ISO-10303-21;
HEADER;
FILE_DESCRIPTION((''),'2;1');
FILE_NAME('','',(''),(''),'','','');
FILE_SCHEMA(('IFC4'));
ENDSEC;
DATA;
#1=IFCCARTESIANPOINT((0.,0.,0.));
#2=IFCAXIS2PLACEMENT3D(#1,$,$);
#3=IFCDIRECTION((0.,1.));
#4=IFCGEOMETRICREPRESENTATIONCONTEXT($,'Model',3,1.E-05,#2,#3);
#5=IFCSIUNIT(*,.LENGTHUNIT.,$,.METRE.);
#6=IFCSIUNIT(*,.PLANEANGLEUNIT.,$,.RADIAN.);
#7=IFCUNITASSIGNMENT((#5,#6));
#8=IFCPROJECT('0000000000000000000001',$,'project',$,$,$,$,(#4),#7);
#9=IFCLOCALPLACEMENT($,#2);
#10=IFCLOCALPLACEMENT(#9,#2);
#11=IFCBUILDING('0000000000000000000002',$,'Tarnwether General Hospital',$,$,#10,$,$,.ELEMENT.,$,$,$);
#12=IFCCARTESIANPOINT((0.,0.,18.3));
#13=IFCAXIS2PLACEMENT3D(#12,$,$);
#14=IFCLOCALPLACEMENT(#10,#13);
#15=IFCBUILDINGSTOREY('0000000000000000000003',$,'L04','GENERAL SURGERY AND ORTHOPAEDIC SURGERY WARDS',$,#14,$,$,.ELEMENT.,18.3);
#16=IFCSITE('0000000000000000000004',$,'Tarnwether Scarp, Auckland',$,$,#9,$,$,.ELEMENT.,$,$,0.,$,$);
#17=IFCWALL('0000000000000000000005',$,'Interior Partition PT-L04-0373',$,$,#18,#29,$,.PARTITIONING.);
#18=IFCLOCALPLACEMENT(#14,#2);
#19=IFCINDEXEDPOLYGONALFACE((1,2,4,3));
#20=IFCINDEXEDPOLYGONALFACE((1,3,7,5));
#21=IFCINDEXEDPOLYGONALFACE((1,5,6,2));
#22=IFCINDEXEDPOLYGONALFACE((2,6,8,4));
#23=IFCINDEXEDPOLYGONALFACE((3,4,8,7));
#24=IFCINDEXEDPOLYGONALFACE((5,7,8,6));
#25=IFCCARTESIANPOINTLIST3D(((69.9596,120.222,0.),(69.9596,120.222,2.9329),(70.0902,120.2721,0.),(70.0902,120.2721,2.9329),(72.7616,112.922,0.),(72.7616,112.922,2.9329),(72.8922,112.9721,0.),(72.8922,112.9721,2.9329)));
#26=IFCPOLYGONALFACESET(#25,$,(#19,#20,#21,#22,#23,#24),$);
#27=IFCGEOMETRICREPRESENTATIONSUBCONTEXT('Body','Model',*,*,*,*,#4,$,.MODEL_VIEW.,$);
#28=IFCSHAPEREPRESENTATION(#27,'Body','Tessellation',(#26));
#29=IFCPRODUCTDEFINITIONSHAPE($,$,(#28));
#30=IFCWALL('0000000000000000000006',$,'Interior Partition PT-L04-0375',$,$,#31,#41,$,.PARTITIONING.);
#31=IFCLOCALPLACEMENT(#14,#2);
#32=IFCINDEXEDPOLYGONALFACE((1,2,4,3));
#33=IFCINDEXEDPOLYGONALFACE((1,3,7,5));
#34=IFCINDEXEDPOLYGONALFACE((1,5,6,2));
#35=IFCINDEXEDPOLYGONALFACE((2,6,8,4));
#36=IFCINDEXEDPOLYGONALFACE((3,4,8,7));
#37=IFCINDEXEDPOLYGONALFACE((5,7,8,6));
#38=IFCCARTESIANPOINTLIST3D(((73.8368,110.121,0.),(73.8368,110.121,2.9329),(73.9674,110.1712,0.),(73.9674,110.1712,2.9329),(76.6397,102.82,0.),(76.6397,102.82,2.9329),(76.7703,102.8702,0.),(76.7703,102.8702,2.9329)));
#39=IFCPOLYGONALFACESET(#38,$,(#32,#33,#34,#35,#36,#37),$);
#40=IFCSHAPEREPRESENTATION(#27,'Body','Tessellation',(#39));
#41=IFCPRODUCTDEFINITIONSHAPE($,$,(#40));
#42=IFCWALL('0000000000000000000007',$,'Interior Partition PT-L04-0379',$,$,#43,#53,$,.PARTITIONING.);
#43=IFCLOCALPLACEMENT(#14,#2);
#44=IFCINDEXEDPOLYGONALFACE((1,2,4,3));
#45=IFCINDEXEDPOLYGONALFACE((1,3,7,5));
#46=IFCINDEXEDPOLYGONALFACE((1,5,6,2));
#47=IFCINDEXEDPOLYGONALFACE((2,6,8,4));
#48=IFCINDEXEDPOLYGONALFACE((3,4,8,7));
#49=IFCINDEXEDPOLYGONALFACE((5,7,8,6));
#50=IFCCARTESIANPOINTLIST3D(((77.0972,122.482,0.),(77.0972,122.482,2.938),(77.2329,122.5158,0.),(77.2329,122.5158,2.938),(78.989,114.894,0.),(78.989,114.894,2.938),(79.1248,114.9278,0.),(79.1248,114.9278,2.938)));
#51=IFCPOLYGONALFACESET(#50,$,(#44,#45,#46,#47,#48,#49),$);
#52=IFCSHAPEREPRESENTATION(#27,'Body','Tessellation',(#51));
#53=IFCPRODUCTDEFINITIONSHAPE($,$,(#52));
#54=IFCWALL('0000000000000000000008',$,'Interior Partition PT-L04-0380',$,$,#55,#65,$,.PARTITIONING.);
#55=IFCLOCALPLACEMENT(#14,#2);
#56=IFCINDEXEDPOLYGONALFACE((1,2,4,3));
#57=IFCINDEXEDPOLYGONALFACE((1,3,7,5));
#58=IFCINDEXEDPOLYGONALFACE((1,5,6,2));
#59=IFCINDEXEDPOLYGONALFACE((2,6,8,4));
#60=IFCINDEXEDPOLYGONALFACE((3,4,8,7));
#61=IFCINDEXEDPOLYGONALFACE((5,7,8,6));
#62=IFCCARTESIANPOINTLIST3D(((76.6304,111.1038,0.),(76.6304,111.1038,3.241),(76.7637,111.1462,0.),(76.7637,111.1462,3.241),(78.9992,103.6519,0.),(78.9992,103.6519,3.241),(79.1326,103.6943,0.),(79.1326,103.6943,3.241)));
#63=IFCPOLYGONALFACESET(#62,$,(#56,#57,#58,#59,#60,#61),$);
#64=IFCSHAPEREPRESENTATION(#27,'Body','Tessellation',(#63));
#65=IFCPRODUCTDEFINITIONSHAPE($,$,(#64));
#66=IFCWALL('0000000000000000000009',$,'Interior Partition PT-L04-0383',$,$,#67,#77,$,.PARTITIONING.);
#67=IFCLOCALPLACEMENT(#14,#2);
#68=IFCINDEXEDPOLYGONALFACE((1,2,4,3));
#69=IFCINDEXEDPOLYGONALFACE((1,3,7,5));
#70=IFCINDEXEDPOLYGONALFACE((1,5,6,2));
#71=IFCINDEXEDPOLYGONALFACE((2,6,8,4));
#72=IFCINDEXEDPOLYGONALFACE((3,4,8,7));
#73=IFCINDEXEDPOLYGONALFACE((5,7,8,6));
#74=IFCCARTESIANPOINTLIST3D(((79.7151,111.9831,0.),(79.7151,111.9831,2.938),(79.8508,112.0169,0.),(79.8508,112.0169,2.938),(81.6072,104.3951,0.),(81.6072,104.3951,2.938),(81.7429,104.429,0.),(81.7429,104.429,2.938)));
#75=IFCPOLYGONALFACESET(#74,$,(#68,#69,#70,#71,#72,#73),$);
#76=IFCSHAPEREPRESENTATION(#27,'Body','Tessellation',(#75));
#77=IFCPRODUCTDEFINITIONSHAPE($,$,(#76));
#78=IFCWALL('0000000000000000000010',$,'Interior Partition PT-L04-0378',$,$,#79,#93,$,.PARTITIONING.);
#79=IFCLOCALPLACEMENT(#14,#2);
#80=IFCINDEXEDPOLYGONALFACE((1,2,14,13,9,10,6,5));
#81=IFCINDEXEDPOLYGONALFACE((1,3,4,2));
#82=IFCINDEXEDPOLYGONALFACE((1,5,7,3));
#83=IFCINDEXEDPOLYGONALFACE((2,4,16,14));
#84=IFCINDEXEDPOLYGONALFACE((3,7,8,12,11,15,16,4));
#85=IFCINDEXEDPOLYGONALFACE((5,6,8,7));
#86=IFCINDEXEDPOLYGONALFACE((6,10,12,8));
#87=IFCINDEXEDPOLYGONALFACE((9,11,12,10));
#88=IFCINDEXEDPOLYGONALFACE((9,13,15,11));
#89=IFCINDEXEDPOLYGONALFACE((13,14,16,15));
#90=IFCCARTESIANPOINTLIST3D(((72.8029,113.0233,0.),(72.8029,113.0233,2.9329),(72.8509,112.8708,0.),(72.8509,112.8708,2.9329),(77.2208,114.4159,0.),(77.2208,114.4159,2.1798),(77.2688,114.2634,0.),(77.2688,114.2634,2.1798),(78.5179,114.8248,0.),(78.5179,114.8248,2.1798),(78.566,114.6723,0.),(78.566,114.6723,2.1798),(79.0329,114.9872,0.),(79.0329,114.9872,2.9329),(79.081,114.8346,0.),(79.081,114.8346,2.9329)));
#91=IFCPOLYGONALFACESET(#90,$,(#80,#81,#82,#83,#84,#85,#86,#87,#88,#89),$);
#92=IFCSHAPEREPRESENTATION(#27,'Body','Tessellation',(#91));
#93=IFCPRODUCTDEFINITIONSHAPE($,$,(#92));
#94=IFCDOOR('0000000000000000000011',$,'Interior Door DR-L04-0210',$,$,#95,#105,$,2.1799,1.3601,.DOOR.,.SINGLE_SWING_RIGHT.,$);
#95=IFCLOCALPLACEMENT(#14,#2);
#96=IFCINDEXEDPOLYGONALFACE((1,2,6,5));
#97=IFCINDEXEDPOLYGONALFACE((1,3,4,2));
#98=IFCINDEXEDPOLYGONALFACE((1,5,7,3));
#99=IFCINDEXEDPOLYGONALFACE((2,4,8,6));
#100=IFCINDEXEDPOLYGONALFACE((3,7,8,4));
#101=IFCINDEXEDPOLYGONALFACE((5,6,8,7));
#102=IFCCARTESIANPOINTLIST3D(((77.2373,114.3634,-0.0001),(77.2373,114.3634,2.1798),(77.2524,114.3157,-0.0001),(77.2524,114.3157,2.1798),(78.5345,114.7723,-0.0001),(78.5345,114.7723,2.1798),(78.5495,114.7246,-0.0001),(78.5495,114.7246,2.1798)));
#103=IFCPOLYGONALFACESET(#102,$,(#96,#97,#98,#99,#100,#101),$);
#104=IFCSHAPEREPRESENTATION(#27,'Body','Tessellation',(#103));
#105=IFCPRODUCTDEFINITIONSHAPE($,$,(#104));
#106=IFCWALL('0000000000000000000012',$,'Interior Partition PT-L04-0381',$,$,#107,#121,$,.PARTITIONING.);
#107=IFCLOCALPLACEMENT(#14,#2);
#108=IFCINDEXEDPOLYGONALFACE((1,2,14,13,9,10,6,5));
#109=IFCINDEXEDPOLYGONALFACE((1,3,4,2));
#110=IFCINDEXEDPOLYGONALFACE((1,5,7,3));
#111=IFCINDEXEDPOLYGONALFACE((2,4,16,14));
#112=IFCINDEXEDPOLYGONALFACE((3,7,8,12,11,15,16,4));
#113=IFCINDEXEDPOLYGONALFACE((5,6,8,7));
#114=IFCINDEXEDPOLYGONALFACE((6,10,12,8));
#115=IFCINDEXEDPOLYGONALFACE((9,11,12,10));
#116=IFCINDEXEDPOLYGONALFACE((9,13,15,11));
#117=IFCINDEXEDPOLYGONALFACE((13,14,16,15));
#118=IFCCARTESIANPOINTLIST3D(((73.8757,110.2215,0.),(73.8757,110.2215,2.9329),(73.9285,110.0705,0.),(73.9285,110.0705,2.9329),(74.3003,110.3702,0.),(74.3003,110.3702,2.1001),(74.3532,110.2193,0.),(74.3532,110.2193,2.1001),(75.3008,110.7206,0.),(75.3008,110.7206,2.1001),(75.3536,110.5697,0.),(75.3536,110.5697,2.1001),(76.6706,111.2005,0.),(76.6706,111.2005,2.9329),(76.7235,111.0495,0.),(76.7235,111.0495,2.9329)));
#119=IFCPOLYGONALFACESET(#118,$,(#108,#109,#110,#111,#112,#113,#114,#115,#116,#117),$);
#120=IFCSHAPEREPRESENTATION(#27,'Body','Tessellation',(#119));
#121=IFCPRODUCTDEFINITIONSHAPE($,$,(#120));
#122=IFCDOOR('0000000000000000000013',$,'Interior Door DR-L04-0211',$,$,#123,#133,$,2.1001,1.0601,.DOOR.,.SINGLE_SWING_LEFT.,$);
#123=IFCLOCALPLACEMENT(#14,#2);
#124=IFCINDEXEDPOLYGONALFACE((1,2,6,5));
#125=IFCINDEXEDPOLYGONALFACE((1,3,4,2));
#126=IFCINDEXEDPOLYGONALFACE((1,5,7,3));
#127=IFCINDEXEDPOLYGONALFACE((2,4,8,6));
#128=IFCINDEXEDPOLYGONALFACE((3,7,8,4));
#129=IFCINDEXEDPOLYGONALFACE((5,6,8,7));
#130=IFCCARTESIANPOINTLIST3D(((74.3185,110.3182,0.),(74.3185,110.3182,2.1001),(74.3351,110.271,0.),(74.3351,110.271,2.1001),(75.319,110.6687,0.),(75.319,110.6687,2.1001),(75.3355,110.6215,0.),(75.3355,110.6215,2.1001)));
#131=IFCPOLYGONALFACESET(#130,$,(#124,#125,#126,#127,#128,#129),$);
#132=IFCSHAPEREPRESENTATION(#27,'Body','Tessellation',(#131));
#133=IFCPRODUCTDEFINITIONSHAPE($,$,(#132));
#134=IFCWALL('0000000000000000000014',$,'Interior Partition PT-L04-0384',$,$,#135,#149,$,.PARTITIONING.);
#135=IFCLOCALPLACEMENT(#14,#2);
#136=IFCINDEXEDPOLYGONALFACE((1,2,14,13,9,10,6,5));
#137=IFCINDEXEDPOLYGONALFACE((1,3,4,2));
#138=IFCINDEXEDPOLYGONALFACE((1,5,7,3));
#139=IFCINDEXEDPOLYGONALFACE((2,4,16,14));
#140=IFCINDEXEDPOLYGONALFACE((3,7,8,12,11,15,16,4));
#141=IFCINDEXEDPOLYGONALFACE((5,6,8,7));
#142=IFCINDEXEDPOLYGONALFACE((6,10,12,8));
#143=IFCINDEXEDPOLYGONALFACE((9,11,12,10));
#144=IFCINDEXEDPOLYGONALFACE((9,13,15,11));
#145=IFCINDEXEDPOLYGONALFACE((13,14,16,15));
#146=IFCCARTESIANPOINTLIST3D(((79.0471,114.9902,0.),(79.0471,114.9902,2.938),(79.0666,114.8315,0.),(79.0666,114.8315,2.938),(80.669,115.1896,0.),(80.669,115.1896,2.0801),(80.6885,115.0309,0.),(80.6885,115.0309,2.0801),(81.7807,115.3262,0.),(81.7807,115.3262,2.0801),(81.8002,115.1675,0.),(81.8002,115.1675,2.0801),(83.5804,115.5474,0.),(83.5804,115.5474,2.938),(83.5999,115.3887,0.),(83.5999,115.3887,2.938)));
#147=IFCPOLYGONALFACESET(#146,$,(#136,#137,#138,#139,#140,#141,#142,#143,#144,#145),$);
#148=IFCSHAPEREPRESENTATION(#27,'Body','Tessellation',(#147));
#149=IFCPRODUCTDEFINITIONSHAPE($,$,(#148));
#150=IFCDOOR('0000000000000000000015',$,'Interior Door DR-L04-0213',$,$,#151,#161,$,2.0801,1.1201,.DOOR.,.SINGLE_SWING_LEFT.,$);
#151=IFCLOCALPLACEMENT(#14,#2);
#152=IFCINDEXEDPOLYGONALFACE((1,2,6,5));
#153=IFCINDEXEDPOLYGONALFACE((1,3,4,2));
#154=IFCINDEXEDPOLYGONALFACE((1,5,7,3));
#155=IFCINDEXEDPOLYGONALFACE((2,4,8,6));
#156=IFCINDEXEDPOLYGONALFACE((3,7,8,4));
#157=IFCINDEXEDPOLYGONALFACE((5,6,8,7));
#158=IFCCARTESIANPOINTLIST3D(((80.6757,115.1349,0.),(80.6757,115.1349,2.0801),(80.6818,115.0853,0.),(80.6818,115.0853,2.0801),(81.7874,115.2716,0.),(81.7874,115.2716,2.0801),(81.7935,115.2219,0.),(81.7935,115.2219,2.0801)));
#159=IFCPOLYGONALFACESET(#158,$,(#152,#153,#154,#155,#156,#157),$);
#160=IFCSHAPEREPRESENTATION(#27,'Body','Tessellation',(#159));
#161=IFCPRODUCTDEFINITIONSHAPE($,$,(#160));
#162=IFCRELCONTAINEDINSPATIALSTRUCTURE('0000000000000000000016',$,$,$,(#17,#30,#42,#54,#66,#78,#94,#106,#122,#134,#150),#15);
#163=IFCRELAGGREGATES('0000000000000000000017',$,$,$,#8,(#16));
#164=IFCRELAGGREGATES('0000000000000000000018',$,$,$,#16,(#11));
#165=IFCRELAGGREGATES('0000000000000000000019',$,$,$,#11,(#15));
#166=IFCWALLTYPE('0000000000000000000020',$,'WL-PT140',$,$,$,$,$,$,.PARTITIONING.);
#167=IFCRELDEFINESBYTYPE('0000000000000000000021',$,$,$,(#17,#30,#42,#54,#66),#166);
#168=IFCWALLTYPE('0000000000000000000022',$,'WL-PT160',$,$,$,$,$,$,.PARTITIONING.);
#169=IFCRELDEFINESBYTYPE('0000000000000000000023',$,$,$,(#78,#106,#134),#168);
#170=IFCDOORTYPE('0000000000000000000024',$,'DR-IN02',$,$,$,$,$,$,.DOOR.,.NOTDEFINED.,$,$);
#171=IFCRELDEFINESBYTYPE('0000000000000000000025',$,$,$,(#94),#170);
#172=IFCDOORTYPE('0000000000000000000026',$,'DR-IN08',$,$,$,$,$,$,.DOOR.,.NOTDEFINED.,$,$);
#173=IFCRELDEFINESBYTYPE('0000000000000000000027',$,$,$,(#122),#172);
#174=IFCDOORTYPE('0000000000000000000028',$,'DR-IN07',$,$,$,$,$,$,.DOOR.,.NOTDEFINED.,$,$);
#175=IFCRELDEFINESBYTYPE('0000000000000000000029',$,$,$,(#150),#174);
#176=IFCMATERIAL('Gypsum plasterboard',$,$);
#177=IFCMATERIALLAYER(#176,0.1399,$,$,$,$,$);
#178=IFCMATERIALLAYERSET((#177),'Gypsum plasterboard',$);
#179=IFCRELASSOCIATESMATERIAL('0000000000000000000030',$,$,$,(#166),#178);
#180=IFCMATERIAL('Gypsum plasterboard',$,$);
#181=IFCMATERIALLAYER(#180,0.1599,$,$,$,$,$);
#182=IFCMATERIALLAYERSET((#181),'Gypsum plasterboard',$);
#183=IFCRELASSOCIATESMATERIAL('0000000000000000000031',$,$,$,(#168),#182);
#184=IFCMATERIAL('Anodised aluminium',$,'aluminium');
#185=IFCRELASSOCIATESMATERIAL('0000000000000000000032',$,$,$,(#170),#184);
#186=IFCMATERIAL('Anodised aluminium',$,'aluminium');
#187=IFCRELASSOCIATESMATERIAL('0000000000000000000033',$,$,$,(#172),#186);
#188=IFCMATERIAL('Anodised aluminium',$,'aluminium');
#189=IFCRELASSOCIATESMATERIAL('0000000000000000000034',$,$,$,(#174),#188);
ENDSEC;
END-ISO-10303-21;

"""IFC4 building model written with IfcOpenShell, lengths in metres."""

from ifc_helpers import new_model, si_unit, direction, frame, frame_2d, origin, place, context, subcontext, project, spatial, rectangle, extrude, material, layer, layer_set, type_object, element, fill, save


model = new_model("IFC4")

# Units and contexts
model_context = context("Model", 3, precision=1e-05, world=origin(), true_north=direction((0.0, 1.0)))
body_context = subcontext(model_context, "Body", "Model", "MODEL_VIEW")
ifc_project = project(units=[si_unit("LENGTHUNIT", "METRE"), si_unit("PLANEANGLEUNIT", "RADIAN")], contexts=[model_context])

# Site, building, storey
site_placement = place(None, origin())
site = spatial("IfcSite", under=ifc_project, at=site_placement, Name="Tarnwether Scarp, Auckland", CompositionType="ELEMENT", RefElevation=0.0)
building_placement = place(site_placement, origin())
building = spatial("IfcBuilding", under=site, at=building_placement, Name="Tarnwether General Hospital", CompositionType="ELEMENT")
storey_placement = place(building_placement, frame((0.0, 0.0, 18.3)))
storey = spatial("IfcBuildingStorey", under=building, at=storey_placement, Name="L04", Description="GENERAL SURGERY AND ORTHOPAEDIC SURGERY WARDS", CompositionType="ELEMENT", Elevation=18.3)

# Walls
ifc_material_1 = material(Name="Gypsum plasterboard")
ifc_layer_1 = layer(ifc_material_1, 0.1399)
ifc_layer_set_1 = layer_set([ifc_layer_1], Name="Gypsum plasterboard")
wall_type_1 = type_object("IfcWallType", Name="WL-PT140", PredefinedType="PARTITIONING", material=ifc_layer_set_1)
wall_1_placement = place(storey_placement, frame((72.8269, 112.947, 0.0), z_axis=(0.0, 0.0, 1.0), x_axis=(-0.358343, 0.93359, 0.0)))
element("IfcWall", 1, at=wall_1_placement, inside=storey, type_object=wall_type_1, Name="Interior Partition PT-L04-0373", PredefinedType="PARTITIONING", context=body_context, shape_type="SweptSolid", body=[
    extrude(rectangle(XDim=7.8193, YDim=0.1399, at=frame_2d((3.9097, 0.0))), origin(), (0.0, 0.0, 1.0), 2.9329),
])
wall_2_placement = place(storey_placement, frame((73.9021, 110.146, 0.0), z_axis=(0.0, 0.0, 1.0), x_axis=(0.35841, -0.933564, 0.0)))
element("IfcWall", 2, at=wall_2_placement, inside=storey, type_object=wall_type_1, Name="Interior Partition PT-L04-0375", PredefinedType="PARTITIONING", context=body_context, shape_type="SweptSolid", body=[
    extrude(rectangle(XDim=7.8206, YDim=0.1399, at=frame_2d((3.9102, 0.0))), origin(), (0.0, 0.0, 1.0), 2.9329),
])
wall_3_placement = place(storey_placement, frame((79.0569, 114.9109, 0.0), z_axis=(0.0, 0.0, 1.0), x_axis=(-0.241911, 0.970298, 0.0)))
element("IfcWall", 3, at=wall_3_placement, inside=storey, type_object=wall_type_1, Name="Interior Partition PT-L04-0379", PredefinedType="PARTITIONING", context=body_context, shape_type="SweptSolid", body=[
    extrude(rectangle(XDim=7.8203, YDim=0.1399, at=frame_2d((3.9102, 0.0))), origin(), (0.0, 0.0, 1.0), 2.938),
])
wall_4_placement = place(storey_placement, frame((76.697, 111.125, 0.0), z_axis=(0.0, 0.0, 1.0), x_axis=(0.302952, -0.953006, 0.0)))
element("IfcWall", 4, at=wall_4_placement, inside=storey, type_object=wall_type_1, Name="Interior Partition PT-L04-0380", PredefinedType="PARTITIONING", context=body_context, shape_type="SweptSolid", body=[
    extrude(rectangle(XDim=7.8193, YDim=0.1399, at=frame_2d((3.9097, 0.0))), origin(), (0.0, 0.0, 1.0), 3.241),
])
wall_5_placement = place(storey_placement, frame((79.783, 112.0, 0.0), z_axis=(0.0, 0.0, 1.0), x_axis=(0.241948, -0.970289, 0.0)))
element("IfcWall", 5, at=wall_5_placement, inside=storey, type_object=wall_type_1, Name="Interior Partition PT-L04-0383", PredefinedType="PARTITIONING", context=body_context, shape_type="SweptSolid", body=[
    extrude(rectangle(XDim=7.8203, YDim=0.1399, at=frame_2d((3.9102, 0.0))), origin(), (0.0, 0.0, 1.0), 2.938),
])

# Walls, openings, doors
ifc_material_2 = material(Name="Gypsum plasterboard")
ifc_layer_2 = layer(ifc_material_2, 0.1599)
ifc_layer_set_2 = layer_set([ifc_layer_2], Name="Gypsum plasterboard")
wall_type_2 = type_object("IfcWallType", Name="WL-PT160", PredefinedType="PARTITIONING", material=ifc_layer_set_2)
wall_6_placement = place(storey_placement, frame((72.8269, 112.947, 0.0), z_axis=(0.0, 0.0, 1.0), x_axis=(0.953736, 0.300645, 0.0)))
wall_6 = element("IfcWall", 6, at=wall_6_placement, inside=storey, type_object=wall_type_2, Name="Interior Partition PT-L04-0378", PredefinedType="PARTITIONING", context=body_context, shape_type="SweptSolid", body=[
    extrude(rectangle(XDim=6.5322, YDim=0.1599, at=frame_2d((3.2661, 0.0))), origin(), (0.0, 0.0, 1.0), 2.9329),
])
opening_1_placement = place(wall_6_placement, frame((4.6321, 0.0, 0.0)))
opening_1 = element("IfcOpeningElement", 7, at=opening_1_placement, cuts=wall_6, PredefinedType="OPENING", context=body_context, shape_type="SweptSolid", body=[
    extrude(rectangle(XDim=1.3601, YDim=2.1799, at=frame_2d((0.6802, 1.0898))), frame((0.0, 0.0898, 0.0), z_axis=(0.0, -1.0, 0.0), x_axis=(1.0, 0.0, 0.0)), (0.0, 0.0, 1.0), 0.1799),
])
ifc_material_3 = material(Name="Anodised aluminium", Category="aluminium")
door_type_1 = type_object("IfcDoorType", Name="DR-IN02", OperationType="NOTDEFINED", PredefinedType="DOOR", material=ifc_material_3)
door_1_placement = place(opening_1_placement, origin())
door_1 = element("IfcDoor", 8, at=door_1_placement, inside=storey, type_object=door_type_1, Name="Interior Door DR-L04-0210", OperationType="SINGLE_SWING_RIGHT", OverallHeight=2.1799, OverallWidth=1.3601, PredefinedType="DOOR", context=body_context, shape_type="SweptSolid", body=[
    extrude(rectangle(XDim=1.3601, YDim=2.1799, at=frame_2d((0.6802, 1.0898))), frame((0.0, 0.0249, 0.0), z_axis=(0.0, -1.0, 0.0), x_axis=(1.0, 0.0, 0.0)), (0.0, 0.0, 1.0), 0.05),
])
fill(opening_1, door_1)
wall_7_placement = place(storey_placement, frame((73.9021, 110.146, 0.0), z_axis=(0.0, 0.0, 1.0), x_axis=(0.943776, 0.330585, 0.0)))
wall_7 = element("IfcWall", 9, at=wall_7_placement, inside=storey, type_object=wall_type_2, Name="Interior Partition PT-L04-0381", PredefinedType="PARTITIONING", context=body_context, shape_type="SweptSolid", body=[
    extrude(rectangle(XDim=2.9614, YDim=0.1599, at=frame_2d((1.4807, 0.0))), origin(), (0.0, 0.0, 1.0), 2.9329),
])
opening_2_placement = place(wall_7_placement, frame((0.45, 0.0, 0.0)))
opening_2 = element("IfcOpeningElement", 10, at=opening_2_placement, cuts=wall_7, PredefinedType="OPENING", context=body_context, shape_type="SweptSolid", body=[
    extrude(rectangle(XDim=1.0601, YDim=2.1001, at=frame_2d((0.53, 1.05))), frame((0.0, 0.0898, 0.0), z_axis=(0.0, -1.0, 0.0), x_axis=(1.0, 0.0, 0.0)), (0.0, 0.0, 1.0), 0.1799),
])
ifc_material_4 = material(Name="Anodised aluminium", Category="aluminium")
door_type_2 = type_object("IfcDoorType", Name="DR-IN08", OperationType="NOTDEFINED", PredefinedType="DOOR", material=ifc_material_4)
door_2_placement = place(opening_2_placement, origin())
door_2 = element("IfcDoor", 11, at=door_2_placement, inside=storey, type_object=door_type_2, Name="Interior Door DR-L04-0211", OperationType="SINGLE_SWING_LEFT", OverallHeight=2.1001, OverallWidth=1.0601, PredefinedType="DOOR", context=body_context, shape_type="SweptSolid", body=[
    extrude(rectangle(XDim=1.0601, YDim=2.1001, at=frame_2d((0.53, 1.05))), frame((0.0, 0.0249, 0.0), z_axis=(0.0, -1.0, 0.0), x_axis=(1.0, 0.0, 0.0)), (0.0, 0.0, 1.0), 0.05),
])
fill(opening_2, door_2)
wall_8_placement = place(storey_placement, frame((79.0569, 114.9109, 0.0), z_axis=(0.0, 0.0, 1.0), x_axis=(0.992532, 0.121982, 0.0)))
wall_8 = element("IfcWall", 12, at=wall_8_placement, inside=storey, type_object=wall_type_2, Name="Interior Partition PT-L04-0384", PredefinedType="PARTITIONING", context=body_context, shape_type="SweptSolid", body=[
    extrude(rectangle(XDim=4.5674, YDim=0.1599, at=frame_2d((2.2837, 0.0))), origin(), (0.0, 0.0, 1.0), 2.938),
])
opening_3_placement = place(wall_8_placement, frame((1.634, 0.0, 0.0)))
opening_3 = element("IfcOpeningElement", 13, at=opening_3_placement, cuts=wall_8, PredefinedType="OPENING", context=body_context, shape_type="SweptSolid", body=[
    extrude(rectangle(XDim=1.1201, YDim=2.0801, at=frame_2d((0.5601, 1.04))), frame((0.0, 0.0898, 0.0), z_axis=(0.0, -1.0, 0.0), x_axis=(1.0, 0.0, 0.0)), (0.0, 0.0, 1.0), 0.1799),
])
ifc_material_5 = material(Name="Anodised aluminium", Category="aluminium")
door_type_3 = type_object("IfcDoorType", Name="DR-IN07", OperationType="NOTDEFINED", PredefinedType="DOOR", material=ifc_material_5)
door_3_placement = place(opening_3_placement, origin())
door_3 = element("IfcDoor", 14, at=door_3_placement, inside=storey, type_object=door_type_3, Name="Interior Door DR-L04-0213", OperationType="SINGLE_SWING_LEFT", OverallHeight=2.0801, OverallWidth=1.1201, PredefinedType="DOOR", context=body_context, shape_type="SweptSolid", body=[
    extrude(rectangle(XDim=1.1201, YDim=2.0801, at=frame_2d((0.5601, 1.04))), frame((0.0, 0.0249, 0.0), z_axis=(0.0, -1.0, 0.0), x_axis=(1.0, 0.0, 0.0)), (0.0, 0.0, 1.0), 0.05),
])
fill(opening_3, door_3)

save(model, "model.ifc")
